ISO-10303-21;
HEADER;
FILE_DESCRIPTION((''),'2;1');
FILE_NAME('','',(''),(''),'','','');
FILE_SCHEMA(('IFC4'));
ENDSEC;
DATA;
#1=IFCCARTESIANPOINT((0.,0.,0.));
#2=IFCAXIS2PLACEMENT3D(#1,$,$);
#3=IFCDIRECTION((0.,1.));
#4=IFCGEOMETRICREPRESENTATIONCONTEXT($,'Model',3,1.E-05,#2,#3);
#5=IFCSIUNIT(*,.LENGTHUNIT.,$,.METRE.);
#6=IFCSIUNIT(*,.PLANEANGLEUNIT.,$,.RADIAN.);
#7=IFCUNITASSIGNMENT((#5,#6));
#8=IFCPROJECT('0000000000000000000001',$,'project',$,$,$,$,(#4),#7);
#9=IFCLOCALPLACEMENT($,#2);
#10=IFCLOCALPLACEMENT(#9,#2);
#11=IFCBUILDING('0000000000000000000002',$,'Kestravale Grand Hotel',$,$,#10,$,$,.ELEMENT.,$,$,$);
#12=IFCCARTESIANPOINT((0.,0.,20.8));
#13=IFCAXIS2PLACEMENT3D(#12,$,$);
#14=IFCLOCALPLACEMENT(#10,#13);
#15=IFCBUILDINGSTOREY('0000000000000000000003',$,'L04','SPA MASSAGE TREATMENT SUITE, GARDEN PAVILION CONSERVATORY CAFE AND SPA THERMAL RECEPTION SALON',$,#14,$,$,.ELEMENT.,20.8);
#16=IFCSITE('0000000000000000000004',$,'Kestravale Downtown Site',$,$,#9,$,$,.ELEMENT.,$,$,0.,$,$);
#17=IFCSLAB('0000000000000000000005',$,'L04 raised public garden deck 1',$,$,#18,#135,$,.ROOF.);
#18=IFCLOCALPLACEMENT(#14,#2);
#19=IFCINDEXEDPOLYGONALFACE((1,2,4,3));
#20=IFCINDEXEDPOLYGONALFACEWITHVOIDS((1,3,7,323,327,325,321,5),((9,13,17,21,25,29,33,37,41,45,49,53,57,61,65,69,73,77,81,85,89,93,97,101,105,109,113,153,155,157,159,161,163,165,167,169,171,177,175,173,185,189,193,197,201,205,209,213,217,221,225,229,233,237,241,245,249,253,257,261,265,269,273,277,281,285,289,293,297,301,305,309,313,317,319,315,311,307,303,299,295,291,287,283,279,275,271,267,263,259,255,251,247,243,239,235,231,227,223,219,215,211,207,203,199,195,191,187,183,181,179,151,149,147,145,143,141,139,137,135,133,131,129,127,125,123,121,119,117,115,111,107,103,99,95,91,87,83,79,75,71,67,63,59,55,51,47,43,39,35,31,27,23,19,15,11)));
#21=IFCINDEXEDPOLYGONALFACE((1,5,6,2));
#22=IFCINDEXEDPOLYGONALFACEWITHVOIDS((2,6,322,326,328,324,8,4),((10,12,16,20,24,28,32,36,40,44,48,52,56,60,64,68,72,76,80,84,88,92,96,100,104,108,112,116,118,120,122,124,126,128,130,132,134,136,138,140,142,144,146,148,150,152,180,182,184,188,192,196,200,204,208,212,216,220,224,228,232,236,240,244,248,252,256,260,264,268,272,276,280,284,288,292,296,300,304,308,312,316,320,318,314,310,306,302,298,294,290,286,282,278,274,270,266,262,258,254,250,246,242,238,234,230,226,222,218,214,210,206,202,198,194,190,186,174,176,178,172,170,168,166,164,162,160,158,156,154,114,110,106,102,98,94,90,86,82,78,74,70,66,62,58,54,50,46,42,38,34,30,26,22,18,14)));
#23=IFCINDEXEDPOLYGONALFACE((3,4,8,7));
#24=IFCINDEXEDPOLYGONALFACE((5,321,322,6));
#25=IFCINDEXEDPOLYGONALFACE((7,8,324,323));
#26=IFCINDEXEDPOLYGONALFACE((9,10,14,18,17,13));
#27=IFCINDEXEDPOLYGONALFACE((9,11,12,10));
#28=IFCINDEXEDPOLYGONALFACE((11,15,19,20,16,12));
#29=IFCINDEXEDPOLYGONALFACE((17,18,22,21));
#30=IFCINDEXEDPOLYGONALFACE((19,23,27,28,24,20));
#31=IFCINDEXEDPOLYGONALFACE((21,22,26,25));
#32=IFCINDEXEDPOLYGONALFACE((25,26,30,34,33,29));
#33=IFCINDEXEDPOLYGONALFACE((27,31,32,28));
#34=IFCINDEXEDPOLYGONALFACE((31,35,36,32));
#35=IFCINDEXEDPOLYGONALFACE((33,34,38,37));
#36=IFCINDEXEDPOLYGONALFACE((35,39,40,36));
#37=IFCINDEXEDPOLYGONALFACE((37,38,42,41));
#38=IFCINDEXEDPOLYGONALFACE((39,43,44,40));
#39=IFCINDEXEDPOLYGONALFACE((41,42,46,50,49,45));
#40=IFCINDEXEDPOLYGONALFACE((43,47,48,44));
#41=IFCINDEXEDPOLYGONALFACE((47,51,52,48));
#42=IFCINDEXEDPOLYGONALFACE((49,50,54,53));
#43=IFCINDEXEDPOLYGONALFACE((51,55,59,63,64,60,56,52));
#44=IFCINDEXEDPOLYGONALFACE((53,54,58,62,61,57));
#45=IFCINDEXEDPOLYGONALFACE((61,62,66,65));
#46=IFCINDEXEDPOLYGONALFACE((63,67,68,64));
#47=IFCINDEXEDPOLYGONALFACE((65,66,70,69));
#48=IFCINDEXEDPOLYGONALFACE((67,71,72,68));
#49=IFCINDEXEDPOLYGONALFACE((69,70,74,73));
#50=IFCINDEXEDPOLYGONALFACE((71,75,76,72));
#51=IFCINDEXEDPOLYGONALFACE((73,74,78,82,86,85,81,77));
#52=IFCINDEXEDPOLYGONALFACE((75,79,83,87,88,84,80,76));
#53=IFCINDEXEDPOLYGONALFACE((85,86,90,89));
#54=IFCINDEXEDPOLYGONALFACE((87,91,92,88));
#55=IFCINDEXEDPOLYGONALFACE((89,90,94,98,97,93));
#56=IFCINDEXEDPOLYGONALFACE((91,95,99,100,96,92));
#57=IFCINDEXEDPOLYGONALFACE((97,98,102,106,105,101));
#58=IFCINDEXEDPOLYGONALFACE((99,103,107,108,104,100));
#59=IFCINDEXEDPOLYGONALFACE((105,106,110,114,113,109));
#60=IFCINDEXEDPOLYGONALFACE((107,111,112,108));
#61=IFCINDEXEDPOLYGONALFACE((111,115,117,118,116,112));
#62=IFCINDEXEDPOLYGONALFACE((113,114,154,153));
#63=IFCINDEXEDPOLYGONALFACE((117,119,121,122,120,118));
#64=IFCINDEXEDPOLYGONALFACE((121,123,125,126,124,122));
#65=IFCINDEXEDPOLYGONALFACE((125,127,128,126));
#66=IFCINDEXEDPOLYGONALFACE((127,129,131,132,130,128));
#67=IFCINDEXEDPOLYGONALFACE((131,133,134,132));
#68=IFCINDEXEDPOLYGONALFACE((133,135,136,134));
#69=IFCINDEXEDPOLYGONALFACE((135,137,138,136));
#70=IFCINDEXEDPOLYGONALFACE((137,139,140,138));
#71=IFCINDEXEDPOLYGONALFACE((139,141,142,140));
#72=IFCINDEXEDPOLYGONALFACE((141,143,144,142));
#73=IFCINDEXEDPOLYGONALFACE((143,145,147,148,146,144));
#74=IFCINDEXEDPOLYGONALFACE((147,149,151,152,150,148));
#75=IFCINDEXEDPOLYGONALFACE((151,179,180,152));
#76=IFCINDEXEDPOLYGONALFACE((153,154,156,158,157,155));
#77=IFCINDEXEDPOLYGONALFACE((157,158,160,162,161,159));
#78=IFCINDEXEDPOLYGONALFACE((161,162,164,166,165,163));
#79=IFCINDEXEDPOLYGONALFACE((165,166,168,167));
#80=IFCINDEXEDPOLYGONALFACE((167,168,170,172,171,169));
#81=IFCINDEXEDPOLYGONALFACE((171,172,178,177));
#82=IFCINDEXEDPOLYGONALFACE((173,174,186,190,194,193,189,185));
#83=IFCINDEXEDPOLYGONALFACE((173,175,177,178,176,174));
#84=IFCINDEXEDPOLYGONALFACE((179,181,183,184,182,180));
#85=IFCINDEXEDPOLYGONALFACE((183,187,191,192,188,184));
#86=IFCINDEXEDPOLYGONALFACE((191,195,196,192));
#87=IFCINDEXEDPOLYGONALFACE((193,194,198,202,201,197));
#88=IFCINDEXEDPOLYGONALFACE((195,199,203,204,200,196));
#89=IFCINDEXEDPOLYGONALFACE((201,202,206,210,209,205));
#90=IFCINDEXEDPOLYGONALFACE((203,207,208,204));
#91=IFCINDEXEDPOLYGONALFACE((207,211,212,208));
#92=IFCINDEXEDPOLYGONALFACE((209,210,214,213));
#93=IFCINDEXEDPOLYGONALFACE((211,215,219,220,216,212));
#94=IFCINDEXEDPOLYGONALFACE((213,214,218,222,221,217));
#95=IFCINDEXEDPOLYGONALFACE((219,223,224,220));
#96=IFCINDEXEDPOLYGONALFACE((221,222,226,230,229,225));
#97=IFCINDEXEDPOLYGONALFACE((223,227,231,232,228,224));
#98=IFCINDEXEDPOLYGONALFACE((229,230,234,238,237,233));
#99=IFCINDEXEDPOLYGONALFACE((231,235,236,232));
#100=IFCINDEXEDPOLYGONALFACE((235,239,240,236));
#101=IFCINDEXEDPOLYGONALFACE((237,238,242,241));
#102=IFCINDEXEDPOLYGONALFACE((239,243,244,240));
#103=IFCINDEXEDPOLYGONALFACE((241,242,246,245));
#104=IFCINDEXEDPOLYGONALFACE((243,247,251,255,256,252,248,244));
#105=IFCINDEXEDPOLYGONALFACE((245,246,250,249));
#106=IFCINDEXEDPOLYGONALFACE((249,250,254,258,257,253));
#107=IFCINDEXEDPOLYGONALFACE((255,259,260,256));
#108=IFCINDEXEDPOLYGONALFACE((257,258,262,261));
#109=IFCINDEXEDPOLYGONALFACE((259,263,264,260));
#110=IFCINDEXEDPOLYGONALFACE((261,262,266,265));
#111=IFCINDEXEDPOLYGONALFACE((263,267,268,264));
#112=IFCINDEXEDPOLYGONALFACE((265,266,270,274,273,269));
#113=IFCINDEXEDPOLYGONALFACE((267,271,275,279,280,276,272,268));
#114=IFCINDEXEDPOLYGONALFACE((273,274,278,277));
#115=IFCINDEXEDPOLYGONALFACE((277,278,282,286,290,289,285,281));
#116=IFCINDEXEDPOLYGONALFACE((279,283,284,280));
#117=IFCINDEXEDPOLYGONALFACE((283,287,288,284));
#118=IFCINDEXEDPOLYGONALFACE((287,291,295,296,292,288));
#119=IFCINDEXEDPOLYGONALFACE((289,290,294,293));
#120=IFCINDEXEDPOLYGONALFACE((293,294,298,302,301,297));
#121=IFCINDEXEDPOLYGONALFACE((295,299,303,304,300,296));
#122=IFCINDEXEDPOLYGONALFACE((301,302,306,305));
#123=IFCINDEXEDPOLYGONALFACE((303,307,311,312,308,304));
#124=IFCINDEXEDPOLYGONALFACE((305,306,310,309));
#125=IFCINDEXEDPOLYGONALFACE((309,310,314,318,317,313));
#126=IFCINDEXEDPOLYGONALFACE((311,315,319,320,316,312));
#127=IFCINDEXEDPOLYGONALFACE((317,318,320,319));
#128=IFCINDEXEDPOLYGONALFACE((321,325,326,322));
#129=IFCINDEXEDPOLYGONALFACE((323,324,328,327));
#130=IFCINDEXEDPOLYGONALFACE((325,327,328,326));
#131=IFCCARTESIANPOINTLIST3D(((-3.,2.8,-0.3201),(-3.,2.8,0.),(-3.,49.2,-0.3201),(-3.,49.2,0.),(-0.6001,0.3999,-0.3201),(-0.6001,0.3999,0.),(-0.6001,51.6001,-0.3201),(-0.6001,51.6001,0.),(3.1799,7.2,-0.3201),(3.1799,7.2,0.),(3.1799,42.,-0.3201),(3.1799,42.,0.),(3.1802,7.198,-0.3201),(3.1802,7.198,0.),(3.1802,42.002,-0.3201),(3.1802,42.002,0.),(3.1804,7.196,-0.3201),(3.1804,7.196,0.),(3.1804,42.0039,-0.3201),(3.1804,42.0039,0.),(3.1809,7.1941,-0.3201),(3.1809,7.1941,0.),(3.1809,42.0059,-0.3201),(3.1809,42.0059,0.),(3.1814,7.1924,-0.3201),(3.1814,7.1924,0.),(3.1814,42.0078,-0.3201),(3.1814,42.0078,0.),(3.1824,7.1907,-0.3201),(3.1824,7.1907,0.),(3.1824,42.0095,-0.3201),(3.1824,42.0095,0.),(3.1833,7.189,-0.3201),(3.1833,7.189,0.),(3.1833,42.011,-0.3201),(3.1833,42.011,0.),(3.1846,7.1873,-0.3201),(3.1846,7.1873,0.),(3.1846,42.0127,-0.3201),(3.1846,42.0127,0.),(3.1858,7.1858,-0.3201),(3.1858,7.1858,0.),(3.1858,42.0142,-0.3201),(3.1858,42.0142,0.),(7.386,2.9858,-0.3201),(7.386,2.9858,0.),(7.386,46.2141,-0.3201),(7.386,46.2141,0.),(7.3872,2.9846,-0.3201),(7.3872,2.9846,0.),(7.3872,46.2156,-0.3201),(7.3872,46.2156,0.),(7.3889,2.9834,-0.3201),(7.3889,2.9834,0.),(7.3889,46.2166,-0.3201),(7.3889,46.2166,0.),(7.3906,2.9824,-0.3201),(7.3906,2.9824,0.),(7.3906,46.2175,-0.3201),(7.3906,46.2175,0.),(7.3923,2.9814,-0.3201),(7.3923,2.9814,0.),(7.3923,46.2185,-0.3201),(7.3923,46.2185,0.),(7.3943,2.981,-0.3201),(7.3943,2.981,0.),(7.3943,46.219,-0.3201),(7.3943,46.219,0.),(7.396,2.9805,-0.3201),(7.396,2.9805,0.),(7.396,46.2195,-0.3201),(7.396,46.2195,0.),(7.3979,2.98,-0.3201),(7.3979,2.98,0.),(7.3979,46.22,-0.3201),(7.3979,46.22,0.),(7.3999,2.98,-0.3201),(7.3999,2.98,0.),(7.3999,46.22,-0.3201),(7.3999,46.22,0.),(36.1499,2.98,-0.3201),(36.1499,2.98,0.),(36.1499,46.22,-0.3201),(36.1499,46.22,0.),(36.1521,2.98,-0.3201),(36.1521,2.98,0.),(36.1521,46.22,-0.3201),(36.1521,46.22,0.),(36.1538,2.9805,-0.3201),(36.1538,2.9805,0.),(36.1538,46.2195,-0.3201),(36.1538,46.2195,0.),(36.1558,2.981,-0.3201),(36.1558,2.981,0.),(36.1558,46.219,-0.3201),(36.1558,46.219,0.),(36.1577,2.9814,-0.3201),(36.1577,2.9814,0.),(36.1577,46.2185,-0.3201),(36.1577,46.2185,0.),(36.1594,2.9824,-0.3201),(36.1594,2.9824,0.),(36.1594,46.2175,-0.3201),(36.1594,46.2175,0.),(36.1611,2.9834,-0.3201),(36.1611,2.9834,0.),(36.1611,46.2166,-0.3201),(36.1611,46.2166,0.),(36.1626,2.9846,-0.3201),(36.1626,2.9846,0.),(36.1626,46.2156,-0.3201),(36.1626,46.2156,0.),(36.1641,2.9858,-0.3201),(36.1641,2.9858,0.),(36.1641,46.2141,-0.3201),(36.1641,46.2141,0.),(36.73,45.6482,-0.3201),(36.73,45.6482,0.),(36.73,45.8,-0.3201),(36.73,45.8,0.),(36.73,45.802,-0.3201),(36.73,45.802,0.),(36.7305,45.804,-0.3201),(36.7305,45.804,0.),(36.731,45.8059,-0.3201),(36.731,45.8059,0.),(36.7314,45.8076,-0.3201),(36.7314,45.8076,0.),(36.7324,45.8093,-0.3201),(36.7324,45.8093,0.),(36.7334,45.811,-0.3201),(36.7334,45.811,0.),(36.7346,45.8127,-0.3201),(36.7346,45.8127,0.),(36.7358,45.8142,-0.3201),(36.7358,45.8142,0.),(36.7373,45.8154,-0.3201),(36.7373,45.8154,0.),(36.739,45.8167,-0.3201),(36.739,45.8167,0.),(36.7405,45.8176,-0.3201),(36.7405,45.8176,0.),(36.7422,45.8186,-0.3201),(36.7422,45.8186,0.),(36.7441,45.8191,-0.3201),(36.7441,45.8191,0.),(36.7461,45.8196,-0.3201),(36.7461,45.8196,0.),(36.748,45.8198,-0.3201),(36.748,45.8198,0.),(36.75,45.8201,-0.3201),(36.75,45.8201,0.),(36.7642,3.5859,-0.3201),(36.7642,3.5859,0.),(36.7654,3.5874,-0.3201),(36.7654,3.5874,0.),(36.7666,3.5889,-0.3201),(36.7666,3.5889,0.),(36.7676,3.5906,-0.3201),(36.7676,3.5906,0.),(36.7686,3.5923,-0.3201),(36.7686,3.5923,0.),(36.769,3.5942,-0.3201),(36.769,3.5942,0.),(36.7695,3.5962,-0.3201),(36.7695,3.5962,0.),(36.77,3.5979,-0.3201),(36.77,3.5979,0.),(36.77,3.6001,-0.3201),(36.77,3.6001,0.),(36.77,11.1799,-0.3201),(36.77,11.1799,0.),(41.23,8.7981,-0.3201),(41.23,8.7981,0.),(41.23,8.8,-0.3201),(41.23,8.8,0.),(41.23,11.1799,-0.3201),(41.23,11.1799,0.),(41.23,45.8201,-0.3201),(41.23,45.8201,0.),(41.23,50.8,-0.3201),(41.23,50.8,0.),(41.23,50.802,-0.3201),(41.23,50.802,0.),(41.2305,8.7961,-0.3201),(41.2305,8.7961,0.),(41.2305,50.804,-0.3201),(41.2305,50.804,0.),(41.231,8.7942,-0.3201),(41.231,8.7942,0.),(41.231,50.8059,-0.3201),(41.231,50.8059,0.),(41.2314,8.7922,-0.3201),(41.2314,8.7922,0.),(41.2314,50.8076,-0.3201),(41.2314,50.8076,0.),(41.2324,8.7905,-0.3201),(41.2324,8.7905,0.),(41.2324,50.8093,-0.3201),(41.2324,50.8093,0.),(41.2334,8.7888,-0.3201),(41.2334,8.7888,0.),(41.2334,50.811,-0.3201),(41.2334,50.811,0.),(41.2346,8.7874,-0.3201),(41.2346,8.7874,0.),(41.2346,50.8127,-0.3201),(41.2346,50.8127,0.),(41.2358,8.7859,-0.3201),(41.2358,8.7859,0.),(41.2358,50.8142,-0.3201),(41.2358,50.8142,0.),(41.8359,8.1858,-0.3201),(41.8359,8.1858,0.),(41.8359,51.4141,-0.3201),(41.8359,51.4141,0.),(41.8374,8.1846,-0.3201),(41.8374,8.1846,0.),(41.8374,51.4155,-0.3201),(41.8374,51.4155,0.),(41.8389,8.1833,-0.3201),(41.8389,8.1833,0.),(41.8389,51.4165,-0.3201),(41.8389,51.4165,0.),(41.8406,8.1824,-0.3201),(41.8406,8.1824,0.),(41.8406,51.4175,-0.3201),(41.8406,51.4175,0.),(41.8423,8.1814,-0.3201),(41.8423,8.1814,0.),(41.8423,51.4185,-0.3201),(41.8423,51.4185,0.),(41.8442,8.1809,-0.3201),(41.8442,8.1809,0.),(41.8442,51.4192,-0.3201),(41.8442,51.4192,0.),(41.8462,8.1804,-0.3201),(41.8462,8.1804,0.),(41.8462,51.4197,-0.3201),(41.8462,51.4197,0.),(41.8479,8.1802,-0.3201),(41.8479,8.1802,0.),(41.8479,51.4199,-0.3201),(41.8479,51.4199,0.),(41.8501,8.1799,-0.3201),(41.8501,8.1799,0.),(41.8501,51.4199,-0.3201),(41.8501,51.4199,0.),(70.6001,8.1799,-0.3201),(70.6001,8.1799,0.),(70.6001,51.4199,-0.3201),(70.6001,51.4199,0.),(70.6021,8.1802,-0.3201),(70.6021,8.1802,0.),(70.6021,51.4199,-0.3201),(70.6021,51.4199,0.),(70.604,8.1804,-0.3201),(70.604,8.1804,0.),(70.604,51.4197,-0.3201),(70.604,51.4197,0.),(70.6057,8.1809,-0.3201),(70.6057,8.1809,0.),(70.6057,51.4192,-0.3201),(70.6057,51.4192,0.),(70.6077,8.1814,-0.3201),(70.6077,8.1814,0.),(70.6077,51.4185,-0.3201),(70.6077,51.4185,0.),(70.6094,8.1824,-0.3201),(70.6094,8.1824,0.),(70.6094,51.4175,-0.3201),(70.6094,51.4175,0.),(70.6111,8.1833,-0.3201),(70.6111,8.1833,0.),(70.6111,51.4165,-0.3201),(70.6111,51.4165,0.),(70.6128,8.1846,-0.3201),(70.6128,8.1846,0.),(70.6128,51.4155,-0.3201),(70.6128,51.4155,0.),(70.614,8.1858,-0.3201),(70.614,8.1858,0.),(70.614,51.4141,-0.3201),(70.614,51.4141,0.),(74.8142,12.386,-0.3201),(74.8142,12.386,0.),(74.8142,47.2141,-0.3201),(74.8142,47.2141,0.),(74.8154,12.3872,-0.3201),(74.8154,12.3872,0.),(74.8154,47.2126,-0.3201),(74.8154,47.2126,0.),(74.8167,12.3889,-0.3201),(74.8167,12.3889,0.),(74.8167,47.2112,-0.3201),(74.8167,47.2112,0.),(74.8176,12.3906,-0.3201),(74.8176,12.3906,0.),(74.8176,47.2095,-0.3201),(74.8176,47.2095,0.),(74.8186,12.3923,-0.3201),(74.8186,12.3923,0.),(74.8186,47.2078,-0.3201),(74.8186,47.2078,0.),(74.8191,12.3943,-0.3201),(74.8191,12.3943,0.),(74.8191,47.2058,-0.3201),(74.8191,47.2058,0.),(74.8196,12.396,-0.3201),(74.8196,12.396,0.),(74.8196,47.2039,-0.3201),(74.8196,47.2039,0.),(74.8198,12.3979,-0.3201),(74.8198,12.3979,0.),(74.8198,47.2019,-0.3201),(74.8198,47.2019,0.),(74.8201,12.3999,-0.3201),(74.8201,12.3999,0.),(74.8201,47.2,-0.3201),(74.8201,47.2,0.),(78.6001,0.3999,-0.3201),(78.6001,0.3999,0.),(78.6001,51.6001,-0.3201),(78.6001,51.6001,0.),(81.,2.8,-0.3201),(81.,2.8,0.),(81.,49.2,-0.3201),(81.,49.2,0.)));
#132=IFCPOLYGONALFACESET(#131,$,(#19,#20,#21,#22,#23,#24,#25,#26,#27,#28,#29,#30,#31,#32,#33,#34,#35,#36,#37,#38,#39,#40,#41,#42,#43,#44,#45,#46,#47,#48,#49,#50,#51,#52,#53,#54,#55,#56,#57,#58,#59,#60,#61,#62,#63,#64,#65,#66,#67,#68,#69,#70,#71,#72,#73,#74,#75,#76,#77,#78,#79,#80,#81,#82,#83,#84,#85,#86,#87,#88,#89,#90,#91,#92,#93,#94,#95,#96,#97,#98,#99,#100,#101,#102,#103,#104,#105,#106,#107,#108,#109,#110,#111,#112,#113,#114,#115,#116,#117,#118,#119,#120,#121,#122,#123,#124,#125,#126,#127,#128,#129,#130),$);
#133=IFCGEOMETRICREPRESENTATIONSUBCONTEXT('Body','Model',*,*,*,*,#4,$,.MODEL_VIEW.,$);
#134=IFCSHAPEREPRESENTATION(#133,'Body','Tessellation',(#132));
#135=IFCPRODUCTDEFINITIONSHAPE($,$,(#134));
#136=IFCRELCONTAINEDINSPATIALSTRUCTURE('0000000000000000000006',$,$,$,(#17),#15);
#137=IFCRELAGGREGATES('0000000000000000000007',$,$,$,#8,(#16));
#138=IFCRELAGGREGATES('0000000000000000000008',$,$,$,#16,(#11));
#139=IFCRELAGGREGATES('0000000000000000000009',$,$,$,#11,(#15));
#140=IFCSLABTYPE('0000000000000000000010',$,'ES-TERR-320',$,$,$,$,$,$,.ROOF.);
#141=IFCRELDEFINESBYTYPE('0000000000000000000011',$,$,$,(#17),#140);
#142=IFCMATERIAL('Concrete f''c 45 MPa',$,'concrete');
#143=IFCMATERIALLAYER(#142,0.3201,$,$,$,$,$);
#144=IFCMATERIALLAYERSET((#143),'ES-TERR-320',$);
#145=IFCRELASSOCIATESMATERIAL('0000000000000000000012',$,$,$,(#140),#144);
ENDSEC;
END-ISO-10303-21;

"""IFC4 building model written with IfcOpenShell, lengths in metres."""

from ifc_helpers import new_model, si_unit, direction, frame, origin, place, context, subcontext, project, spatial, polyline, outline, extrude, material, layer, layer_set, type_object, element, save


model = new_model("IFC4")

# Units and contexts
model_context = context("Model", 3, precision=1e-05, world=origin(), true_north=direction((0.0, 1.0)))
body_context = subcontext(model_context, "Body", "Model", "MODEL_VIEW")
ifc_project = project(units=[si_unit("LENGTHUNIT", "METRE"), si_unit("PLANEANGLEUNIT", "RADIAN")], contexts=[model_context])

# Site, building, storey
site_placement = place(None, origin())
site = spatial("IfcSite", under=ifc_project, at=site_placement, Name="Kestravale Downtown Site", CompositionType="ELEMENT", RefElevation=0.0)
building_placement = place(site_placement, origin())
building = spatial("IfcBuilding", under=site, at=building_placement, Name="Kestravale Grand Hotel", CompositionType="ELEMENT")
storey_placement = place(building_placement, frame((0.0, 0.0, 20.8)))
storey = spatial("IfcBuildingStorey", under=building, at=storey_placement, Name="L04", Description="SPA MASSAGE TREATMENT SUITE, GARDEN PAVILION CONSERVATORY CAFE AND SPA THERMAL RECEPTION SALON", CompositionType="ELEMENT", Elevation=20.8)

# Slab
ifc_material_1 = material(Name="Concrete f'c 45 MPa", Category="concrete")
ifc_layer_1 = layer(ifc_material_1, 0.3201)
ifc_layer_set_1 = layer_set([ifc_layer_1], Name="ES-TERR-320")
slab_type_1 = type_object("IfcSlabType", Name="ES-TERR-320", PredefinedType="ROOF", material=ifc_layer_set_1)
slab_1_placement = place(storey_placement, frame((0.0, 0.0, -0.3201)))
element("IfcSlab", 1, at=slab_1_placement, inside=storey, type_object=slab_type_1, Name="L04 raised public garden deck 1", PredefinedType="ROOF", context=body_context, shape_type="SweptSolid", body=[
    extrude(outline(polyline([(-3.0, 2.8), (-3.0, 49.2), (-0.6001, 51.6001), (78.6001, 51.6001), (81.0, 49.2), (81.0, 2.8), (78.6001, 0.3999), (-0.6001, 0.3999), (-3.0, 2.8)]), holes=[polyline([(7.3872, 2.9846), (7.3889, 2.9834), (7.3906, 2.9824), (7.3923, 2.9814), (7.3943, 2.981), (7.396, 2.9805), (7.3979, 2.98), (7.3999, 2.98), (36.1499, 2.98), (36.1521, 2.98), (36.1538, 2.9805), (36.1558, 2.981), (36.1577, 2.9814), (36.1594, 2.9824), (36.1611, 2.9834), (36.1626, 2.9846), (36.1641, 2.9858), (36.7642, 3.5859), (36.7654, 3.5874), (36.7666, 3.5889), (36.7676, 3.5906), (36.7686, 3.5923), (36.769, 3.5942), (36.7695, 3.5962), (36.77, 3.5979), (36.77, 3.6001), (36.77, 11.1799), (41.23, 11.1799), (41.23, 8.8), (41.23, 8.7981), (41.2305, 8.7961), (41.231, 8.7942), (41.2314, 8.7922), (41.2324, 8.7905), (41.2334, 8.7888), (41.2346, 8.7874), (41.2358, 8.7859), (41.8359, 8.1858), (41.8374, 8.1846), (41.8389, 8.1833), (41.8406, 8.1824), (41.8423, 8.1814), (41.8442, 8.1809), (41.8462, 8.1804), (41.8479, 8.1802), (41.8501, 8.1799), (70.6001, 8.1799), (70.6021, 8.1802), (70.604, 8.1804), (70.6057, 8.1809), (70.6077, 8.1814), (70.6094, 8.1824), (70.6111, 8.1833), (70.6128, 8.1846), (70.614, 8.1858), (74.8142, 12.386), (74.8154, 12.3872), (74.8167, 12.3889), (74.8176, 12.3906), (74.8186, 12.3923), (74.8191, 12.3943), (74.8196, 12.396), (74.8198, 12.3979), (74.8201, 12.3999), (74.8201, 47.2), (74.8198, 47.2019), (74.8196, 47.2039), (74.8191, 47.2058), (74.8186, 47.2078), (74.8176, 47.2095), (74.8167, 47.2112), (74.8154, 47.2126), (74.8142, 47.2141), (70.614, 51.4141), (70.6128, 51.4155), (70.6111, 51.4165), (70.6094, 51.4175), (70.6077, 51.4185), (70.6057, 51.4192), (70.604, 51.4197), (70.6021, 51.4199), (70.6001, 51.4199), (41.8501, 51.4199), (41.8479, 51.4199), (41.8462, 51.4197), (41.8442, 51.4192), (41.8423, 51.4185), (41.8406, 51.4175), (41.8389, 51.4165), (41.8374, 51.4155), (41.8359, 51.4141), (41.2358, 50.8142), (41.2346, 50.8127), (41.2334, 50.811), (41.2324, 50.8093), (41.2314, 50.8076), (41.231, 50.8059), (41.2305, 50.804), (41.23, 50.802), (41.23, 50.8), (41.23, 45.8201), (36.75, 45.8201), (36.748, 45.8198), (36.7461, 45.8196), (36.7441, 45.8191), (36.7422, 45.8186), (36.7405, 45.8176), (36.739, 45.8167), (36.7373, 45.8154), (36.7358, 45.8142), (36.7346, 45.8127), (36.7334, 45.811), (36.7324, 45.8093), (36.7314, 45.8076), (36.731, 45.8059), (36.7305, 45.804), (36.73, 45.802), (36.73, 45.8), (36.73, 45.6482), (36.1641, 46.2141), (36.1626, 46.2156), (36.1611, 46.2166), (36.1594, 46.2175), (36.1577, 46.2185), (36.1558, 46.219), (36.1538, 46.2195), (36.1521, 46.22), (36.1499, 46.22), (7.3999, 46.22), (7.3979, 46.22), (7.396, 46.2195), (7.3943, 46.219), (7.3923, 46.2185), (7.3906, 46.2175), (7.3889, 46.2166), (7.3872, 46.2156), (7.386, 46.2141), (3.1858, 42.0142), (3.1846, 42.0127), (3.1833, 42.011), (3.1824, 42.0095), (3.1814, 42.0078), (3.1809, 42.0059), (3.1804, 42.0039), (3.1802, 42.002), (3.1799, 42.0), (3.1799, 7.2), (3.1802, 7.198), (3.1804, 7.196), (3.1809, 7.1941), (3.1814, 7.1924), (3.1824, 7.1907), (3.1833, 7.189), (3.1846, 7.1873), (3.1858, 7.1858), (7.386, 2.9858), (7.3872, 2.9846)])]), origin(), (0.0, 0.0, 1.0), 0.3201),
])

save(model, "model.ifc")
